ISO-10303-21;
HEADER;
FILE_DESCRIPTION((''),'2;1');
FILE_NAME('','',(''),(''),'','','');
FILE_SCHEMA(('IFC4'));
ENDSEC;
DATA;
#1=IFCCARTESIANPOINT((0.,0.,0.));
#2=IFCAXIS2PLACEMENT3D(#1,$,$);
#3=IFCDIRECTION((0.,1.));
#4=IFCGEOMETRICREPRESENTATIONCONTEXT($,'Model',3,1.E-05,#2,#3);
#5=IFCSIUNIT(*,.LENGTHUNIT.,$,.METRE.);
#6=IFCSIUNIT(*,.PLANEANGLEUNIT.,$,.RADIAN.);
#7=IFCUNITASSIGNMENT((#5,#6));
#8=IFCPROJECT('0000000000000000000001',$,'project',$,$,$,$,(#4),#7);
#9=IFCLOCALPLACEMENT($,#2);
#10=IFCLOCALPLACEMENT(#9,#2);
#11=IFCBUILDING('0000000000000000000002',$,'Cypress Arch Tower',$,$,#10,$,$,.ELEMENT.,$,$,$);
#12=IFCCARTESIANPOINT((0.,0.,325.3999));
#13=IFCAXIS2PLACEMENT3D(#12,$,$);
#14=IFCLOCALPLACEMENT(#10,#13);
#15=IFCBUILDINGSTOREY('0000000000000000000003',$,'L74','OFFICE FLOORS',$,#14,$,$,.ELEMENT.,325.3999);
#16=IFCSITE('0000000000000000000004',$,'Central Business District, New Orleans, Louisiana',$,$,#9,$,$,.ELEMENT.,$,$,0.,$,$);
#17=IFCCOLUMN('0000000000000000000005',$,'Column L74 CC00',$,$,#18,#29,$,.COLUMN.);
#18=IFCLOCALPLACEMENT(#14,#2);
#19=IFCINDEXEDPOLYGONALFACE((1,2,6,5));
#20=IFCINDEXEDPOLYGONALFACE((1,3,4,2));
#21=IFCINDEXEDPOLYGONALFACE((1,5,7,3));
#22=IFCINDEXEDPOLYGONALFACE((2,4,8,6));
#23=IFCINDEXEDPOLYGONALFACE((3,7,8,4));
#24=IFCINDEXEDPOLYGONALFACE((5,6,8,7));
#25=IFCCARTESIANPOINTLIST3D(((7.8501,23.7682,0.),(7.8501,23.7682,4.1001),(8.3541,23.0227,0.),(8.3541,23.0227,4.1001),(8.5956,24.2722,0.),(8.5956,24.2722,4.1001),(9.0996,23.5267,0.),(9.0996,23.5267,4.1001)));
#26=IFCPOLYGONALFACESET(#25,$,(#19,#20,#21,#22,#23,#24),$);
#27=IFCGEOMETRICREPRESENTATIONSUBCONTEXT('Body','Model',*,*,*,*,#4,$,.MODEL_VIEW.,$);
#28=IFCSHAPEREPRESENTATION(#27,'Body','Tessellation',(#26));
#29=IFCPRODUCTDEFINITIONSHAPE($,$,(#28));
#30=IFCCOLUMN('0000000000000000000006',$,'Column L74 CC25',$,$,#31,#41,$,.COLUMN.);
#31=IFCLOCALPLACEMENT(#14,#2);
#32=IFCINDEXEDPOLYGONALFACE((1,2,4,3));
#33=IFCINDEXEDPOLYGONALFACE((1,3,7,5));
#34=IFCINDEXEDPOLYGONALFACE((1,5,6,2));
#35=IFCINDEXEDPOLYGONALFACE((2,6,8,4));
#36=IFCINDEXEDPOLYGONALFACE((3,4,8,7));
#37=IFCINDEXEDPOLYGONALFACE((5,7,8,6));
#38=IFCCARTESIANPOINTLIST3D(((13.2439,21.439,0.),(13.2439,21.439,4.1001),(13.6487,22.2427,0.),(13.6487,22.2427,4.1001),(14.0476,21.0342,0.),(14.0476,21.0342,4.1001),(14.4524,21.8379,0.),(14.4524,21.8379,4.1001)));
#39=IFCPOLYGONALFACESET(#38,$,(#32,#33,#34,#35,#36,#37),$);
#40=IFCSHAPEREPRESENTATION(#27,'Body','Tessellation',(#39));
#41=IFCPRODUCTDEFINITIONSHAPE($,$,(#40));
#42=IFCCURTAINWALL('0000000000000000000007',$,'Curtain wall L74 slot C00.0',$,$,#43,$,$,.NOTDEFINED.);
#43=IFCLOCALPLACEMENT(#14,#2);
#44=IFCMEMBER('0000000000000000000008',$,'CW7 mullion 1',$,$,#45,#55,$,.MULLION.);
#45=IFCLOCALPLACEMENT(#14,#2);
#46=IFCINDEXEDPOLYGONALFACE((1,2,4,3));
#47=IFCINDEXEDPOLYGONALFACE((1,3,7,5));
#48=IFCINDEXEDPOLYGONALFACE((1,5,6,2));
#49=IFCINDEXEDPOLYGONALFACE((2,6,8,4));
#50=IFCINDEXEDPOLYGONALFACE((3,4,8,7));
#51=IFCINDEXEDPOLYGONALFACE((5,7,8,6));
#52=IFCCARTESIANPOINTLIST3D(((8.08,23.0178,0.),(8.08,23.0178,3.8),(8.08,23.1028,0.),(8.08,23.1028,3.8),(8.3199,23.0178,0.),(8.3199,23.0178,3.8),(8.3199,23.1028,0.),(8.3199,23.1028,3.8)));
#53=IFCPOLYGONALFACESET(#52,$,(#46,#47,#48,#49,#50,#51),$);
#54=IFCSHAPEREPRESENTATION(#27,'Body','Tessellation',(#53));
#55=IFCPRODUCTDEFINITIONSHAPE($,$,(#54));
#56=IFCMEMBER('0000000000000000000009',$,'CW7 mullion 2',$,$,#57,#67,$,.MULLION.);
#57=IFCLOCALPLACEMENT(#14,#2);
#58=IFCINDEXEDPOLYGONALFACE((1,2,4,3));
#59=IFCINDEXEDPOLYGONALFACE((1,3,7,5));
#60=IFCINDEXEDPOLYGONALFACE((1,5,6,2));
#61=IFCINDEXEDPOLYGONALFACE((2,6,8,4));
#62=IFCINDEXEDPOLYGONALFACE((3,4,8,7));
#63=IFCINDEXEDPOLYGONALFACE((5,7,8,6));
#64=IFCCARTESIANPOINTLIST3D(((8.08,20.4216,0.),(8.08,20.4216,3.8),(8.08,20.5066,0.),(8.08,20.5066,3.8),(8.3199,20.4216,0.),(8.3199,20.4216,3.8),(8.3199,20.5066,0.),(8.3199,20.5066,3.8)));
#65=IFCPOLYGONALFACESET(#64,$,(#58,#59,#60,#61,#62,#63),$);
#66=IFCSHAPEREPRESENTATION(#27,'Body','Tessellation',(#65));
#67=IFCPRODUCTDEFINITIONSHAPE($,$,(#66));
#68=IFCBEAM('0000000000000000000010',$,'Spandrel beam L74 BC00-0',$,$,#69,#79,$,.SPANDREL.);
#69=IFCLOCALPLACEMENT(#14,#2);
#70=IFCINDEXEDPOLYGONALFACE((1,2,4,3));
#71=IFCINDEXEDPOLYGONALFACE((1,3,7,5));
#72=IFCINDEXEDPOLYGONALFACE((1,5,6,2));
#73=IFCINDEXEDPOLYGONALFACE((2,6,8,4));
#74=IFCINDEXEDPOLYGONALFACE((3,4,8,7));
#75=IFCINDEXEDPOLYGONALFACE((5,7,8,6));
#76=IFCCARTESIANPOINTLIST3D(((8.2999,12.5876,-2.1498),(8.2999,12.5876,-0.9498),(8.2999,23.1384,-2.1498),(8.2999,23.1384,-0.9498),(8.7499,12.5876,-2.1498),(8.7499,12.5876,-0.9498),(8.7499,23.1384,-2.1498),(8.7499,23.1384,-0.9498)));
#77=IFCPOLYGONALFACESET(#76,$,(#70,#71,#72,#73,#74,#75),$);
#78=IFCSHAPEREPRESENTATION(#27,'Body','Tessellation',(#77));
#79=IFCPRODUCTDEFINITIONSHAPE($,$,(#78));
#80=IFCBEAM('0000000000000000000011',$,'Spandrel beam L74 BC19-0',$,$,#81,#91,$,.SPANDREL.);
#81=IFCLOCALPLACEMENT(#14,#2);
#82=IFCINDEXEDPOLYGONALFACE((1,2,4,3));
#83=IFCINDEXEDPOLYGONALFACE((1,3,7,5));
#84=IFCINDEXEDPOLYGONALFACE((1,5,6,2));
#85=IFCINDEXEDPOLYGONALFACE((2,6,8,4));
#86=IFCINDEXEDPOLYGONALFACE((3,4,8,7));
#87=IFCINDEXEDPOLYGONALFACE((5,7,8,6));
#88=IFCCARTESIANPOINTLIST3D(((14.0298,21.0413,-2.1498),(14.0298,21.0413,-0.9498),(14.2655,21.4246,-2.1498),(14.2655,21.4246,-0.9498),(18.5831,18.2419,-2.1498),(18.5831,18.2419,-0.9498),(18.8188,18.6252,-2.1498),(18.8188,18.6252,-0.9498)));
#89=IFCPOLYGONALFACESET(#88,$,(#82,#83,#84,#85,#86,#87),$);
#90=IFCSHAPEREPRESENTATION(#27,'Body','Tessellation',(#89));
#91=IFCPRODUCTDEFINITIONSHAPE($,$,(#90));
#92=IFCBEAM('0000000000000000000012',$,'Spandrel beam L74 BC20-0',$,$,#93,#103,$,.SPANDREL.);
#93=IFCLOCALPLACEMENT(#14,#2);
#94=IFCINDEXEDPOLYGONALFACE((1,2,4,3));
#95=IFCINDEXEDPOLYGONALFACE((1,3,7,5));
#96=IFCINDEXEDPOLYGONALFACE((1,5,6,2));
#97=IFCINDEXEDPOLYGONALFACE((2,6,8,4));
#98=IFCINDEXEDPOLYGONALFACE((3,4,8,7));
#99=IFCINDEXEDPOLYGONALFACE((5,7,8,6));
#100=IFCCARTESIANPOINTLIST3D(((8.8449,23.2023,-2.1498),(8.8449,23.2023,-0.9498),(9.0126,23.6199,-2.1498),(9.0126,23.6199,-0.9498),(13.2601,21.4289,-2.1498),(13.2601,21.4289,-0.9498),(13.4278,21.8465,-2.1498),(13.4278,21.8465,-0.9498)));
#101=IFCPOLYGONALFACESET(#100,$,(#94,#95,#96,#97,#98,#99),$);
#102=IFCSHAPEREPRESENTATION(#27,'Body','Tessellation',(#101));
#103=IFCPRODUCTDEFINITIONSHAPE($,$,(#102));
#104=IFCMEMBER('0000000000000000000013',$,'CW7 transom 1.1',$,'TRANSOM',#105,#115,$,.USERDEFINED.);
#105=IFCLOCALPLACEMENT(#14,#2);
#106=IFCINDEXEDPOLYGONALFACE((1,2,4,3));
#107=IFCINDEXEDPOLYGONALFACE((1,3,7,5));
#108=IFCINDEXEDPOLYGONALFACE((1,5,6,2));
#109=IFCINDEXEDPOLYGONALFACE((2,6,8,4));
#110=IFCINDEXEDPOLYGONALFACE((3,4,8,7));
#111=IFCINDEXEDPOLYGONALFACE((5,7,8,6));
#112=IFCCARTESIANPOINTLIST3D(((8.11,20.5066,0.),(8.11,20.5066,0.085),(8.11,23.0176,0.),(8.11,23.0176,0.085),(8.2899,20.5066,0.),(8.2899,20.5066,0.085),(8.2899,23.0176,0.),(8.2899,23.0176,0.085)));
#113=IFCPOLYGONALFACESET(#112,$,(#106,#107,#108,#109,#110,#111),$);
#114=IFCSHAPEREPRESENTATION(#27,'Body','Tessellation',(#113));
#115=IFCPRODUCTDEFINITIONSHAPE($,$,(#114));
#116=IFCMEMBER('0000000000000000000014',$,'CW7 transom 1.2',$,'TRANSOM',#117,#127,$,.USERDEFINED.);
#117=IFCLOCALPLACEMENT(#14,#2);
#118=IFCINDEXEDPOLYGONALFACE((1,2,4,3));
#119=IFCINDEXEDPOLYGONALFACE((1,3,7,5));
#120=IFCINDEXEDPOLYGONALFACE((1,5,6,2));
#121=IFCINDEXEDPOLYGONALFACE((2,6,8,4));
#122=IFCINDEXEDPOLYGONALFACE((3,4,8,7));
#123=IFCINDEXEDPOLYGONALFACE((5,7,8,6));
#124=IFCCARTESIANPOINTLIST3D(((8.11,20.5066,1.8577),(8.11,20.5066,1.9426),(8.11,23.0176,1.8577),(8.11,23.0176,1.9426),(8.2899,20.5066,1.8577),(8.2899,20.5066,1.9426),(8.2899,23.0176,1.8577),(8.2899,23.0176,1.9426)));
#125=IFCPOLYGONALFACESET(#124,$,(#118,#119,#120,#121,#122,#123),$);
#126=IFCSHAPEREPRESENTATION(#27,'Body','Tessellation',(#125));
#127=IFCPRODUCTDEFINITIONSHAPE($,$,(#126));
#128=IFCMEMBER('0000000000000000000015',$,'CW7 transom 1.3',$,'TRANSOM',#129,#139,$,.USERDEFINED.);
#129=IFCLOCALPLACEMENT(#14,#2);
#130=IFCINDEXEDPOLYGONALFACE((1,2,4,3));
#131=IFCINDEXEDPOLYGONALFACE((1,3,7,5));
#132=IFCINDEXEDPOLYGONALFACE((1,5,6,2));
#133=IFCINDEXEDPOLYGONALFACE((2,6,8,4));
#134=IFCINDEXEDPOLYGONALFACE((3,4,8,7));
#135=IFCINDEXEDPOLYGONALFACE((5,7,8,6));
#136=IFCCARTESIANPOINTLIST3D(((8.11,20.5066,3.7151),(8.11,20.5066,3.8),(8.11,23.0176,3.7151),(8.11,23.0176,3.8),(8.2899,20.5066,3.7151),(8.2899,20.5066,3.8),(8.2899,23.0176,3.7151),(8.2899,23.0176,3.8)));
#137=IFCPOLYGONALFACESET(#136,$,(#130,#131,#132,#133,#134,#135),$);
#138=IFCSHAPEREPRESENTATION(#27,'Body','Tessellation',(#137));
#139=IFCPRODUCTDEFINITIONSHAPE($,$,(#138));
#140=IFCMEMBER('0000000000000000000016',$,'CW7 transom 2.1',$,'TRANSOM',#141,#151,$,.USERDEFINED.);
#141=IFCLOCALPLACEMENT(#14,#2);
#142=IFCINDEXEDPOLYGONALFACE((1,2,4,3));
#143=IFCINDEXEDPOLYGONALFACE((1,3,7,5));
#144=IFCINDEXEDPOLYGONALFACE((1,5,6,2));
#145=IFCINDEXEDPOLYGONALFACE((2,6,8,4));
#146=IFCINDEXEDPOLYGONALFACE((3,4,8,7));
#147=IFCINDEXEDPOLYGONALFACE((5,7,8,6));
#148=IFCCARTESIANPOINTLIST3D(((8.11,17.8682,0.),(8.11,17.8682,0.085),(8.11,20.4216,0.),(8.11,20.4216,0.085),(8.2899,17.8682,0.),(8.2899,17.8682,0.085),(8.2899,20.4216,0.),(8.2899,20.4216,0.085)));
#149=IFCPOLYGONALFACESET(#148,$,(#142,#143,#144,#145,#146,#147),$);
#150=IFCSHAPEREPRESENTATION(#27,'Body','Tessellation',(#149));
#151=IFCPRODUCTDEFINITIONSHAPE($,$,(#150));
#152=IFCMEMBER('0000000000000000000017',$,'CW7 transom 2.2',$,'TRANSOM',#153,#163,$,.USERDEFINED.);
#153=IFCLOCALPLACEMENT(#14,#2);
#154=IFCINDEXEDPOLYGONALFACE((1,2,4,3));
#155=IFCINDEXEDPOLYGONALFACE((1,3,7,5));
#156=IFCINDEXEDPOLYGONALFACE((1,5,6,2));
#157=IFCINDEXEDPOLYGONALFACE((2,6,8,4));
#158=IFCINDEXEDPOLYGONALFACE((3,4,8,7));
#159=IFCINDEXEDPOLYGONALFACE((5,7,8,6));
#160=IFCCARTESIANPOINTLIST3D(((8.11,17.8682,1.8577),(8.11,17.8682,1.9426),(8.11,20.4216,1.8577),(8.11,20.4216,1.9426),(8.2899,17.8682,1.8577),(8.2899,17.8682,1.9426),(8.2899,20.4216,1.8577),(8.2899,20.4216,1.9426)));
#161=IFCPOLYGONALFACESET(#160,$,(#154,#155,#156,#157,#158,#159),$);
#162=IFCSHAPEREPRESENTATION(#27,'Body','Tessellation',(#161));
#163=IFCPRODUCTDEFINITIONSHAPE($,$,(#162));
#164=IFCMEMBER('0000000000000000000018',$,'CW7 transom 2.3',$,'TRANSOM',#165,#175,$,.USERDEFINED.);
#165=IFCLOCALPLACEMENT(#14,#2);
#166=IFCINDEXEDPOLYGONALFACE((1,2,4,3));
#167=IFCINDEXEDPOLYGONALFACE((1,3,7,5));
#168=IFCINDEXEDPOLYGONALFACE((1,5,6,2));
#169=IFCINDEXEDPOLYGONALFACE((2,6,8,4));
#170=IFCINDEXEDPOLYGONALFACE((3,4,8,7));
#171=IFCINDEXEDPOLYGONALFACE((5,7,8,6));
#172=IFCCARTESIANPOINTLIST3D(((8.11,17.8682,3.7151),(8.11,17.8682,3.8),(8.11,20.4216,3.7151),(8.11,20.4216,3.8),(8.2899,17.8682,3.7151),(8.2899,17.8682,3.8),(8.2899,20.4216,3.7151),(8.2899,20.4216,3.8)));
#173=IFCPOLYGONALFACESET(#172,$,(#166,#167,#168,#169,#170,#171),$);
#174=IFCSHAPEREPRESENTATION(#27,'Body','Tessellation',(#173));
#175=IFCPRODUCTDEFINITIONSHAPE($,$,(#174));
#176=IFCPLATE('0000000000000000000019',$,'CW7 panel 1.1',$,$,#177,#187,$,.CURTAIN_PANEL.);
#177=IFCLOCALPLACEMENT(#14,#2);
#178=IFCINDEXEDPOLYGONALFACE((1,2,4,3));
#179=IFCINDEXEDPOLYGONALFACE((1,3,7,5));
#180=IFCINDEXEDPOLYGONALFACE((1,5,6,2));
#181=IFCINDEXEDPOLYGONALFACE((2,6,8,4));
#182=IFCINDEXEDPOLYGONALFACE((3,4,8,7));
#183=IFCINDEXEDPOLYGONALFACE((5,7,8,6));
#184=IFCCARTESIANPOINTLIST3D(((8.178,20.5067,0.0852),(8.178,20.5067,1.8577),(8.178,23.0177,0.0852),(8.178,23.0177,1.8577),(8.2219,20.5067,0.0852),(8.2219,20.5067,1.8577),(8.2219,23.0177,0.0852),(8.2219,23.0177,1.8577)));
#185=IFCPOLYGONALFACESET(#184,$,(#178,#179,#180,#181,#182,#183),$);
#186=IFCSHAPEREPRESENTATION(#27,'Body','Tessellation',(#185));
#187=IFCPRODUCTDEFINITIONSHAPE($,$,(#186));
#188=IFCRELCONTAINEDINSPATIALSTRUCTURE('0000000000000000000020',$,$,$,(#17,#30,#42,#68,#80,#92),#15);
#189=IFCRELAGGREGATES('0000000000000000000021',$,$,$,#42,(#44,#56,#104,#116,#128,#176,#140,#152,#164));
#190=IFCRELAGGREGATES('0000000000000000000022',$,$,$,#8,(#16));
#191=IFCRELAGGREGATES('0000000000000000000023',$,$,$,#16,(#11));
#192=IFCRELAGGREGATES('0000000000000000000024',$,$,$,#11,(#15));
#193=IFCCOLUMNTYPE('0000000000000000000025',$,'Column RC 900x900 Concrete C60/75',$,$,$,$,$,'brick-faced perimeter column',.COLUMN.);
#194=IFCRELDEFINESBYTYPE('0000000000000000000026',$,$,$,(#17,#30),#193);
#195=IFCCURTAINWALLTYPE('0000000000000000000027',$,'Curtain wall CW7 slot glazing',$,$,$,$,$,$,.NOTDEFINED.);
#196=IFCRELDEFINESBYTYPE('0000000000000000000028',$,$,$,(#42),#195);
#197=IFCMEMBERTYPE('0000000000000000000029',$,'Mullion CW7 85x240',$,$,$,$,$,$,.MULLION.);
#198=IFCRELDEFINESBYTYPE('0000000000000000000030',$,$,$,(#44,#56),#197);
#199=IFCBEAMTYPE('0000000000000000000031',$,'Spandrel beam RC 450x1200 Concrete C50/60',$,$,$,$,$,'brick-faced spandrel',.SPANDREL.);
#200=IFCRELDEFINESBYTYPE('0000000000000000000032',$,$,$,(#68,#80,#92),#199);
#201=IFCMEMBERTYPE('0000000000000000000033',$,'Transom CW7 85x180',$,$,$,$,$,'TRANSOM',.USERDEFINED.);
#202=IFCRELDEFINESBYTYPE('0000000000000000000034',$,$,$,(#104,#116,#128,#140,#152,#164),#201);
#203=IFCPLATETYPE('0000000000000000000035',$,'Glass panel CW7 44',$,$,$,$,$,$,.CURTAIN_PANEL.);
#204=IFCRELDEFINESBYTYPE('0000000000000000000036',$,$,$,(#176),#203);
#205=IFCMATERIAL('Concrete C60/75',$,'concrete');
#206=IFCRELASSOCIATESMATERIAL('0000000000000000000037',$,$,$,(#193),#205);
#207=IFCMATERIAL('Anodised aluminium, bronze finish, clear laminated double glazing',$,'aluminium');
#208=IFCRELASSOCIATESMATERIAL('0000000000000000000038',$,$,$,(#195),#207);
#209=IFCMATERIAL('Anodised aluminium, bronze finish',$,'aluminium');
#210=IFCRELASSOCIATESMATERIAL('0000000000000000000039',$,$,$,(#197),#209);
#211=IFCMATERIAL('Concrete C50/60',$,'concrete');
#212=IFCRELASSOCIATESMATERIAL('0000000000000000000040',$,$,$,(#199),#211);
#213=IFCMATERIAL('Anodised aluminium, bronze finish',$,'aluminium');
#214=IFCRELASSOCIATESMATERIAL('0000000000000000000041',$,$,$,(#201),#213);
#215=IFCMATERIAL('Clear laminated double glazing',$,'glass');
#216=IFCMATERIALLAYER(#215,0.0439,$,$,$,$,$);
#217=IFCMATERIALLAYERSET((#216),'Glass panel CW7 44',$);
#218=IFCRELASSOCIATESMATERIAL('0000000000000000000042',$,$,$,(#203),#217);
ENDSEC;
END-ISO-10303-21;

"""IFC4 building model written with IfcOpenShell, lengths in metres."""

from ifc_helpers import new_model, si_unit, direction, frame, origin, origin_2d, place, context, subcontext, project, spatial, rectangle, extrude, material, layer, layer_set, material_profile, profile_set, type_object, element, aggregate, save


model = new_model("IFC4")

# Units and contexts
model_context = context("Model", 3, precision=1e-05, world=origin(), true_north=direction((0.0, 1.0)))
body_context = subcontext(model_context, "Body", "Model", "MODEL_VIEW")
ifc_project = project(units=[si_unit("LENGTHUNIT", "METRE"), si_unit("PLANEANGLEUNIT", "RADIAN")], contexts=[model_context])

# Site, building, storey
site_placement = place(None, origin())
site = spatial("IfcSite", under=ifc_project, at=site_placement, Name="Central Business District, New Orleans, Louisiana", CompositionType="ELEMENT", RefElevation=0.0)
building_placement = place(site_placement, origin())
building = spatial("IfcBuilding", under=site, at=building_placement, Name="Cypress Arch Tower", CompositionType="ELEMENT")
storey_placement = place(building_placement, frame((0.0, 0.0, 325.3999)))
storey = spatial("IfcBuildingStorey", under=building, at=storey_placement, Name="L74", Description="OFFICE FLOORS", CompositionType="ELEMENT", Elevation=325.3999)

# Columns
ifc_material_1 = material(Name="Concrete C60/75", Category="concrete")
ifc_material_profile_1 = material_profile(ifc_material_1, rectangle(XDim=0.8999, YDim=0.8999, at=origin_2d()), Name="RC 900x900")
ifc_profile_set_1 = profile_set([ifc_material_profile_1], Name="Concrete C60/75")
column_type = type_object("IfcColumnType", Name="Column RC 900x900 Concrete C60/75", ElementType="brick-faced perimeter column", PredefinedType="COLUMN", material=ifc_profile_set_1)
for number, where, z_axis, x_axis, name in (
    (1, (8.4749, 23.6475, 0.0), (0.0, 0.0, 1.0), (-0.82847, -0.560034, 0.0), "Column L74 CC00"),
    (2, (13.8481, 21.6384, 0.0), (0.0, 0.0, 1.0), (-0.893106, 0.449845, 0.0), "Column L74 CC25"),
):
    element("IfcColumn", number, at=place(storey_placement, frame(where, z_axis=z_axis, x_axis=x_axis)), inside=storey, type_object=column_type, Name=name, PredefinedType="COLUMN", context=body_context, shape_type="SweptSolid", body=[
        extrude(rectangle(XDim=0.8999, YDim=0.8999, at=origin_2d()), origin(), (0.0, 0.0, 1.0), 4.1001),
    ])

# Curtain wall, members
ifc_material_2 = material(Name="Anodised aluminium, bronze finish, clear laminated double glazing", Category="aluminium")
curtain_wall_type = type_object("IfcCurtainWallType", Name="Curtain wall CW7 slot glazing", PredefinedType="NOTDEFINED", material=ifc_material_2)
curtain_wall_placement = place(storey_placement, origin())
curtain_wall = element("IfcCurtainWall", 3, at=curtain_wall_placement, inside=storey, type_object=curtain_wall_type, Name="Curtain wall L74 slot C00.0", PredefinedType="NOTDEFINED")
ifc_material_3 = material(Name="Anodised aluminium, bronze finish", Category="aluminium")
ifc_material_profile_2 = material_profile(ifc_material_3, rectangle(XDim=0.24, YDim=0.085, at=origin_2d()), Name="Mullion 85x240")
ifc_profile_set_2 = profile_set([ifc_material_profile_2], Name="Anodised aluminium, bronze finish")
member_type_1 = type_object("IfcMemberType", Name="Mullion CW7 85x240", PredefinedType="MULLION", material=ifc_profile_set_2)
member_1_placement = place(storey_placement, frame((8.2, 23.0603, 0.0), z_axis=(0.0, 0.0, 1.0), x_axis=(1.0, 0.0, 0.0)))
member_1 = element("IfcMember", 4, at=member_1_placement, type_object=member_type_1, Name="CW7 mullion 1", PredefinedType="MULLION", context=body_context, shape_type="SweptSolid", body=[
    extrude(rectangle(XDim=0.24, YDim=0.085, at=origin_2d()), origin(), (0.0, 0.0, 1.0), 3.8),
])
member_2_placement = place(storey_placement, frame((8.2, 20.4641, 0.0), z_axis=(0.0, 0.0, 1.0), x_axis=(1.0, 0.0, 0.0)))
member_2 = element("IfcMember", 5, at=member_2_placement, type_object=member_type_1, Name="CW7 mullion 2", PredefinedType="MULLION", context=body_context, shape_type="SweptSolid", body=[
    extrude(rectangle(XDim=0.24, YDim=0.085, at=origin_2d()), origin(), (0.0, 0.0, 1.0), 3.8),
])

# Beams
ifc_material_4 = material(Name="Concrete C50/60", Category="concrete")
ifc_material_profile_3 = material_profile(ifc_material_4, rectangle(XDim=0.45, YDim=1.2, at=origin_2d()), Name="RC 450x1200")
ifc_profile_set_3 = profile_set([ifc_material_profile_3], Name="Concrete C50/60")
beam_type = type_object("IfcBeamType", Name="Spandrel beam RC 450x1200 Concrete C50/60", ElementType="brick-faced spandrel", PredefinedType="SPANDREL", material=ifc_profile_set_3)
beam_1_placement = place(storey_placement, frame((8.5249, 23.1384, -1.5498), z_axis=(0.0, -1.0, 0.0), x_axis=(1.0, 0.0, 0.0)))
element("IfcBeam", 6, at=beam_1_placement, inside=storey, type_object=beam_type, Name="Spandrel beam L74 BC00-0", PredefinedType="SPANDREL", context=body_context, shape_type="SweptSolid", body=[
    extrude(rectangle(XDim=0.45, YDim=1.2, at=origin_2d()), origin(), (0.0, 0.0, 1.0), 10.5508),
])
beam_2_placement = place(storey_placement, frame((18.7009, 18.4336, -1.5498), z_axis=(-0.851881, 0.523735, 0.0), x_axis=(-0.523735, -0.851881, 0.0)))
element("IfcBeam", 7, at=beam_2_placement, inside=storey, type_object=beam_type, Name="Spandrel beam L74 BC19-0", PredefinedType="SPANDREL", context=body_context, shape_type="SweptSolid", body=[
    extrude(rectangle(XDim=0.45, YDim=1.2, at=origin_2d()), origin(), (0.0, 0.0, 1.0), 5.345),
])
beam_3_placement = place(storey_placement, frame((13.344, 21.6377, -1.5498), z_axis=(-0.927945, 0.372717, 0.0), x_axis=(-0.372717, -0.927945, 0.0)))
element("IfcBeam", 8, at=beam_3_placement, inside=storey, type_object=beam_type, Name="Spandrel beam L74 BC20-0", PredefinedType="SPANDREL", context=body_context, shape_type="SweptSolid", body=[
    extrude(rectangle(XDim=0.45, YDim=1.2, at=origin_2d()), origin(), (0.0, 0.0, 1.0), 4.7581),
])

# Members
ifc_material_5 = material(Name="Anodised aluminium, bronze finish", Category="aluminium")
ifc_material_profile_4 = material_profile(ifc_material_5, rectangle(XDim=0.1799, YDim=0.085, at=origin_2d()), Name="Transom 85x180")
ifc_profile_set_4 = profile_set([ifc_material_profile_4], Name="Anodised aluminium, bronze finish")
member_type_2 = type_object("IfcMemberType", Name="Transom CW7 85x180", ElementType="TRANSOM", PredefinedType="USERDEFINED", material=ifc_profile_set_4)
member_3_placement = place(storey_placement, frame((8.2, 23.0176, 0.0425), z_axis=(0.0, -1.0, 0.0), x_axis=(1.0, 0.0, 0.0)))
member_3 = element("IfcMember", 9, at=member_3_placement, type_object=member_type_2, Name="CW7 transom 1.1", ObjectType="TRANSOM", PredefinedType="USERDEFINED", context=body_context, shape_type="SweptSolid", body=[
    extrude(rectangle(XDim=0.1799, YDim=0.085, at=origin_2d()), origin(), (0.0, 0.0, 1.0), 2.511),
])
member_4_placement = place(storey_placement, frame((8.2, 23.0176, 1.9001), z_axis=(0.0, -1.0, 0.0), x_axis=(1.0, 0.0, 0.0)))
member_4 = element("IfcMember", 10, at=member_4_placement, type_object=member_type_2, Name="CW7 transom 1.2", ObjectType="TRANSOM", PredefinedType="USERDEFINED", context=body_context, shape_type="SweptSolid", body=[
    extrude(rectangle(XDim=0.1799, YDim=0.085, at=origin_2d()), origin(), (0.0, 0.0, 1.0), 2.511),
])
member_5_placement = place(storey_placement, frame((8.2, 23.0176, 3.7576), z_axis=(0.0, -1.0, 0.0), x_axis=(1.0, 0.0, 0.0)))
member_5 = element("IfcMember", 11, at=member_5_placement, type_object=member_type_2, Name="CW7 transom 1.3", ObjectType="TRANSOM", PredefinedType="USERDEFINED", context=body_context, shape_type="SweptSolid", body=[
    extrude(rectangle(XDim=0.1799, YDim=0.085, at=origin_2d()), origin(), (0.0, 0.0, 1.0), 2.511),
])
member_6_placement = place(storey_placement, frame((8.2, 20.4216, 0.0425), z_axis=(0.0, -1.0, 0.0), x_axis=(1.0, 0.0, 0.0)))
member_6 = element("IfcMember", 12, at=member_6_placement, type_object=member_type_2, Name="CW7 transom 2.1", ObjectType="TRANSOM", PredefinedType="USERDEFINED", context=body_context, shape_type="SweptSolid", body=[
    extrude(rectangle(XDim=0.1799, YDim=0.085, at=origin_2d()), origin(), (0.0, 0.0, 1.0), 2.5535),
])
member_7_placement = place(storey_placement, frame((8.2, 20.4216, 1.9001), z_axis=(0.0, -1.0, 0.0), x_axis=(1.0, 0.0, 0.0)))
member_7 = element("IfcMember", 13, at=member_7_placement, type_object=member_type_2, Name="CW7 transom 2.2", ObjectType="TRANSOM", PredefinedType="USERDEFINED", context=body_context, shape_type="SweptSolid", body=[
    extrude(rectangle(XDim=0.1799, YDim=0.085, at=origin_2d()), origin(), (0.0, 0.0, 1.0), 2.5535),
])
member_8_placement = place(storey_placement, frame((8.2, 20.4216, 3.7576), z_axis=(0.0, -1.0, 0.0), x_axis=(1.0, 0.0, 0.0)))
member_8 = element("IfcMember", 14, at=member_8_placement, type_object=member_type_2, Name="CW7 transom 2.3", ObjectType="TRANSOM", PredefinedType="USERDEFINED", context=body_context, shape_type="SweptSolid", body=[
    extrude(rectangle(XDim=0.1799, YDim=0.085, at=origin_2d()), origin(), (0.0, 0.0, 1.0), 2.5535),
])

# Plate
ifc_material_6 = material(Name="Clear laminated double glazing", Category="glass")
ifc_layer_1 = layer(ifc_material_6, 0.0439)
ifc_layer_set_1 = layer_set([ifc_layer_1], Name="Glass panel CW7 44")
plate_type = type_object("IfcPlateType", Name="Glass panel CW7 44", PredefinedType="CURTAIN_PANEL", material=ifc_layer_set_1)
plate_1_placement = place(storey_placement, frame((8.2, 21.7622, 0.0852), z_axis=(0.0, 0.0, 1.0), x_axis=(0.0, -1.0, 0.0)))
plate_1 = element("IfcPlate", 15, at=plate_1_placement, type_object=plate_type, Name="CW7 panel 1.1", PredefinedType="CURTAIN_PANEL", context=body_context, shape_type="SweptSolid", body=[
    extrude(rectangle(XDim=2.511, YDim=0.0439, at=origin_2d()), origin(), (0.0, 0.0, 1.0), 1.7725),
])
aggregate(curtain_wall, [member_1, member_2, member_3, member_4, member_5, plate_1, member_6, member_7, member_8])

save(model, "model.ifc")
